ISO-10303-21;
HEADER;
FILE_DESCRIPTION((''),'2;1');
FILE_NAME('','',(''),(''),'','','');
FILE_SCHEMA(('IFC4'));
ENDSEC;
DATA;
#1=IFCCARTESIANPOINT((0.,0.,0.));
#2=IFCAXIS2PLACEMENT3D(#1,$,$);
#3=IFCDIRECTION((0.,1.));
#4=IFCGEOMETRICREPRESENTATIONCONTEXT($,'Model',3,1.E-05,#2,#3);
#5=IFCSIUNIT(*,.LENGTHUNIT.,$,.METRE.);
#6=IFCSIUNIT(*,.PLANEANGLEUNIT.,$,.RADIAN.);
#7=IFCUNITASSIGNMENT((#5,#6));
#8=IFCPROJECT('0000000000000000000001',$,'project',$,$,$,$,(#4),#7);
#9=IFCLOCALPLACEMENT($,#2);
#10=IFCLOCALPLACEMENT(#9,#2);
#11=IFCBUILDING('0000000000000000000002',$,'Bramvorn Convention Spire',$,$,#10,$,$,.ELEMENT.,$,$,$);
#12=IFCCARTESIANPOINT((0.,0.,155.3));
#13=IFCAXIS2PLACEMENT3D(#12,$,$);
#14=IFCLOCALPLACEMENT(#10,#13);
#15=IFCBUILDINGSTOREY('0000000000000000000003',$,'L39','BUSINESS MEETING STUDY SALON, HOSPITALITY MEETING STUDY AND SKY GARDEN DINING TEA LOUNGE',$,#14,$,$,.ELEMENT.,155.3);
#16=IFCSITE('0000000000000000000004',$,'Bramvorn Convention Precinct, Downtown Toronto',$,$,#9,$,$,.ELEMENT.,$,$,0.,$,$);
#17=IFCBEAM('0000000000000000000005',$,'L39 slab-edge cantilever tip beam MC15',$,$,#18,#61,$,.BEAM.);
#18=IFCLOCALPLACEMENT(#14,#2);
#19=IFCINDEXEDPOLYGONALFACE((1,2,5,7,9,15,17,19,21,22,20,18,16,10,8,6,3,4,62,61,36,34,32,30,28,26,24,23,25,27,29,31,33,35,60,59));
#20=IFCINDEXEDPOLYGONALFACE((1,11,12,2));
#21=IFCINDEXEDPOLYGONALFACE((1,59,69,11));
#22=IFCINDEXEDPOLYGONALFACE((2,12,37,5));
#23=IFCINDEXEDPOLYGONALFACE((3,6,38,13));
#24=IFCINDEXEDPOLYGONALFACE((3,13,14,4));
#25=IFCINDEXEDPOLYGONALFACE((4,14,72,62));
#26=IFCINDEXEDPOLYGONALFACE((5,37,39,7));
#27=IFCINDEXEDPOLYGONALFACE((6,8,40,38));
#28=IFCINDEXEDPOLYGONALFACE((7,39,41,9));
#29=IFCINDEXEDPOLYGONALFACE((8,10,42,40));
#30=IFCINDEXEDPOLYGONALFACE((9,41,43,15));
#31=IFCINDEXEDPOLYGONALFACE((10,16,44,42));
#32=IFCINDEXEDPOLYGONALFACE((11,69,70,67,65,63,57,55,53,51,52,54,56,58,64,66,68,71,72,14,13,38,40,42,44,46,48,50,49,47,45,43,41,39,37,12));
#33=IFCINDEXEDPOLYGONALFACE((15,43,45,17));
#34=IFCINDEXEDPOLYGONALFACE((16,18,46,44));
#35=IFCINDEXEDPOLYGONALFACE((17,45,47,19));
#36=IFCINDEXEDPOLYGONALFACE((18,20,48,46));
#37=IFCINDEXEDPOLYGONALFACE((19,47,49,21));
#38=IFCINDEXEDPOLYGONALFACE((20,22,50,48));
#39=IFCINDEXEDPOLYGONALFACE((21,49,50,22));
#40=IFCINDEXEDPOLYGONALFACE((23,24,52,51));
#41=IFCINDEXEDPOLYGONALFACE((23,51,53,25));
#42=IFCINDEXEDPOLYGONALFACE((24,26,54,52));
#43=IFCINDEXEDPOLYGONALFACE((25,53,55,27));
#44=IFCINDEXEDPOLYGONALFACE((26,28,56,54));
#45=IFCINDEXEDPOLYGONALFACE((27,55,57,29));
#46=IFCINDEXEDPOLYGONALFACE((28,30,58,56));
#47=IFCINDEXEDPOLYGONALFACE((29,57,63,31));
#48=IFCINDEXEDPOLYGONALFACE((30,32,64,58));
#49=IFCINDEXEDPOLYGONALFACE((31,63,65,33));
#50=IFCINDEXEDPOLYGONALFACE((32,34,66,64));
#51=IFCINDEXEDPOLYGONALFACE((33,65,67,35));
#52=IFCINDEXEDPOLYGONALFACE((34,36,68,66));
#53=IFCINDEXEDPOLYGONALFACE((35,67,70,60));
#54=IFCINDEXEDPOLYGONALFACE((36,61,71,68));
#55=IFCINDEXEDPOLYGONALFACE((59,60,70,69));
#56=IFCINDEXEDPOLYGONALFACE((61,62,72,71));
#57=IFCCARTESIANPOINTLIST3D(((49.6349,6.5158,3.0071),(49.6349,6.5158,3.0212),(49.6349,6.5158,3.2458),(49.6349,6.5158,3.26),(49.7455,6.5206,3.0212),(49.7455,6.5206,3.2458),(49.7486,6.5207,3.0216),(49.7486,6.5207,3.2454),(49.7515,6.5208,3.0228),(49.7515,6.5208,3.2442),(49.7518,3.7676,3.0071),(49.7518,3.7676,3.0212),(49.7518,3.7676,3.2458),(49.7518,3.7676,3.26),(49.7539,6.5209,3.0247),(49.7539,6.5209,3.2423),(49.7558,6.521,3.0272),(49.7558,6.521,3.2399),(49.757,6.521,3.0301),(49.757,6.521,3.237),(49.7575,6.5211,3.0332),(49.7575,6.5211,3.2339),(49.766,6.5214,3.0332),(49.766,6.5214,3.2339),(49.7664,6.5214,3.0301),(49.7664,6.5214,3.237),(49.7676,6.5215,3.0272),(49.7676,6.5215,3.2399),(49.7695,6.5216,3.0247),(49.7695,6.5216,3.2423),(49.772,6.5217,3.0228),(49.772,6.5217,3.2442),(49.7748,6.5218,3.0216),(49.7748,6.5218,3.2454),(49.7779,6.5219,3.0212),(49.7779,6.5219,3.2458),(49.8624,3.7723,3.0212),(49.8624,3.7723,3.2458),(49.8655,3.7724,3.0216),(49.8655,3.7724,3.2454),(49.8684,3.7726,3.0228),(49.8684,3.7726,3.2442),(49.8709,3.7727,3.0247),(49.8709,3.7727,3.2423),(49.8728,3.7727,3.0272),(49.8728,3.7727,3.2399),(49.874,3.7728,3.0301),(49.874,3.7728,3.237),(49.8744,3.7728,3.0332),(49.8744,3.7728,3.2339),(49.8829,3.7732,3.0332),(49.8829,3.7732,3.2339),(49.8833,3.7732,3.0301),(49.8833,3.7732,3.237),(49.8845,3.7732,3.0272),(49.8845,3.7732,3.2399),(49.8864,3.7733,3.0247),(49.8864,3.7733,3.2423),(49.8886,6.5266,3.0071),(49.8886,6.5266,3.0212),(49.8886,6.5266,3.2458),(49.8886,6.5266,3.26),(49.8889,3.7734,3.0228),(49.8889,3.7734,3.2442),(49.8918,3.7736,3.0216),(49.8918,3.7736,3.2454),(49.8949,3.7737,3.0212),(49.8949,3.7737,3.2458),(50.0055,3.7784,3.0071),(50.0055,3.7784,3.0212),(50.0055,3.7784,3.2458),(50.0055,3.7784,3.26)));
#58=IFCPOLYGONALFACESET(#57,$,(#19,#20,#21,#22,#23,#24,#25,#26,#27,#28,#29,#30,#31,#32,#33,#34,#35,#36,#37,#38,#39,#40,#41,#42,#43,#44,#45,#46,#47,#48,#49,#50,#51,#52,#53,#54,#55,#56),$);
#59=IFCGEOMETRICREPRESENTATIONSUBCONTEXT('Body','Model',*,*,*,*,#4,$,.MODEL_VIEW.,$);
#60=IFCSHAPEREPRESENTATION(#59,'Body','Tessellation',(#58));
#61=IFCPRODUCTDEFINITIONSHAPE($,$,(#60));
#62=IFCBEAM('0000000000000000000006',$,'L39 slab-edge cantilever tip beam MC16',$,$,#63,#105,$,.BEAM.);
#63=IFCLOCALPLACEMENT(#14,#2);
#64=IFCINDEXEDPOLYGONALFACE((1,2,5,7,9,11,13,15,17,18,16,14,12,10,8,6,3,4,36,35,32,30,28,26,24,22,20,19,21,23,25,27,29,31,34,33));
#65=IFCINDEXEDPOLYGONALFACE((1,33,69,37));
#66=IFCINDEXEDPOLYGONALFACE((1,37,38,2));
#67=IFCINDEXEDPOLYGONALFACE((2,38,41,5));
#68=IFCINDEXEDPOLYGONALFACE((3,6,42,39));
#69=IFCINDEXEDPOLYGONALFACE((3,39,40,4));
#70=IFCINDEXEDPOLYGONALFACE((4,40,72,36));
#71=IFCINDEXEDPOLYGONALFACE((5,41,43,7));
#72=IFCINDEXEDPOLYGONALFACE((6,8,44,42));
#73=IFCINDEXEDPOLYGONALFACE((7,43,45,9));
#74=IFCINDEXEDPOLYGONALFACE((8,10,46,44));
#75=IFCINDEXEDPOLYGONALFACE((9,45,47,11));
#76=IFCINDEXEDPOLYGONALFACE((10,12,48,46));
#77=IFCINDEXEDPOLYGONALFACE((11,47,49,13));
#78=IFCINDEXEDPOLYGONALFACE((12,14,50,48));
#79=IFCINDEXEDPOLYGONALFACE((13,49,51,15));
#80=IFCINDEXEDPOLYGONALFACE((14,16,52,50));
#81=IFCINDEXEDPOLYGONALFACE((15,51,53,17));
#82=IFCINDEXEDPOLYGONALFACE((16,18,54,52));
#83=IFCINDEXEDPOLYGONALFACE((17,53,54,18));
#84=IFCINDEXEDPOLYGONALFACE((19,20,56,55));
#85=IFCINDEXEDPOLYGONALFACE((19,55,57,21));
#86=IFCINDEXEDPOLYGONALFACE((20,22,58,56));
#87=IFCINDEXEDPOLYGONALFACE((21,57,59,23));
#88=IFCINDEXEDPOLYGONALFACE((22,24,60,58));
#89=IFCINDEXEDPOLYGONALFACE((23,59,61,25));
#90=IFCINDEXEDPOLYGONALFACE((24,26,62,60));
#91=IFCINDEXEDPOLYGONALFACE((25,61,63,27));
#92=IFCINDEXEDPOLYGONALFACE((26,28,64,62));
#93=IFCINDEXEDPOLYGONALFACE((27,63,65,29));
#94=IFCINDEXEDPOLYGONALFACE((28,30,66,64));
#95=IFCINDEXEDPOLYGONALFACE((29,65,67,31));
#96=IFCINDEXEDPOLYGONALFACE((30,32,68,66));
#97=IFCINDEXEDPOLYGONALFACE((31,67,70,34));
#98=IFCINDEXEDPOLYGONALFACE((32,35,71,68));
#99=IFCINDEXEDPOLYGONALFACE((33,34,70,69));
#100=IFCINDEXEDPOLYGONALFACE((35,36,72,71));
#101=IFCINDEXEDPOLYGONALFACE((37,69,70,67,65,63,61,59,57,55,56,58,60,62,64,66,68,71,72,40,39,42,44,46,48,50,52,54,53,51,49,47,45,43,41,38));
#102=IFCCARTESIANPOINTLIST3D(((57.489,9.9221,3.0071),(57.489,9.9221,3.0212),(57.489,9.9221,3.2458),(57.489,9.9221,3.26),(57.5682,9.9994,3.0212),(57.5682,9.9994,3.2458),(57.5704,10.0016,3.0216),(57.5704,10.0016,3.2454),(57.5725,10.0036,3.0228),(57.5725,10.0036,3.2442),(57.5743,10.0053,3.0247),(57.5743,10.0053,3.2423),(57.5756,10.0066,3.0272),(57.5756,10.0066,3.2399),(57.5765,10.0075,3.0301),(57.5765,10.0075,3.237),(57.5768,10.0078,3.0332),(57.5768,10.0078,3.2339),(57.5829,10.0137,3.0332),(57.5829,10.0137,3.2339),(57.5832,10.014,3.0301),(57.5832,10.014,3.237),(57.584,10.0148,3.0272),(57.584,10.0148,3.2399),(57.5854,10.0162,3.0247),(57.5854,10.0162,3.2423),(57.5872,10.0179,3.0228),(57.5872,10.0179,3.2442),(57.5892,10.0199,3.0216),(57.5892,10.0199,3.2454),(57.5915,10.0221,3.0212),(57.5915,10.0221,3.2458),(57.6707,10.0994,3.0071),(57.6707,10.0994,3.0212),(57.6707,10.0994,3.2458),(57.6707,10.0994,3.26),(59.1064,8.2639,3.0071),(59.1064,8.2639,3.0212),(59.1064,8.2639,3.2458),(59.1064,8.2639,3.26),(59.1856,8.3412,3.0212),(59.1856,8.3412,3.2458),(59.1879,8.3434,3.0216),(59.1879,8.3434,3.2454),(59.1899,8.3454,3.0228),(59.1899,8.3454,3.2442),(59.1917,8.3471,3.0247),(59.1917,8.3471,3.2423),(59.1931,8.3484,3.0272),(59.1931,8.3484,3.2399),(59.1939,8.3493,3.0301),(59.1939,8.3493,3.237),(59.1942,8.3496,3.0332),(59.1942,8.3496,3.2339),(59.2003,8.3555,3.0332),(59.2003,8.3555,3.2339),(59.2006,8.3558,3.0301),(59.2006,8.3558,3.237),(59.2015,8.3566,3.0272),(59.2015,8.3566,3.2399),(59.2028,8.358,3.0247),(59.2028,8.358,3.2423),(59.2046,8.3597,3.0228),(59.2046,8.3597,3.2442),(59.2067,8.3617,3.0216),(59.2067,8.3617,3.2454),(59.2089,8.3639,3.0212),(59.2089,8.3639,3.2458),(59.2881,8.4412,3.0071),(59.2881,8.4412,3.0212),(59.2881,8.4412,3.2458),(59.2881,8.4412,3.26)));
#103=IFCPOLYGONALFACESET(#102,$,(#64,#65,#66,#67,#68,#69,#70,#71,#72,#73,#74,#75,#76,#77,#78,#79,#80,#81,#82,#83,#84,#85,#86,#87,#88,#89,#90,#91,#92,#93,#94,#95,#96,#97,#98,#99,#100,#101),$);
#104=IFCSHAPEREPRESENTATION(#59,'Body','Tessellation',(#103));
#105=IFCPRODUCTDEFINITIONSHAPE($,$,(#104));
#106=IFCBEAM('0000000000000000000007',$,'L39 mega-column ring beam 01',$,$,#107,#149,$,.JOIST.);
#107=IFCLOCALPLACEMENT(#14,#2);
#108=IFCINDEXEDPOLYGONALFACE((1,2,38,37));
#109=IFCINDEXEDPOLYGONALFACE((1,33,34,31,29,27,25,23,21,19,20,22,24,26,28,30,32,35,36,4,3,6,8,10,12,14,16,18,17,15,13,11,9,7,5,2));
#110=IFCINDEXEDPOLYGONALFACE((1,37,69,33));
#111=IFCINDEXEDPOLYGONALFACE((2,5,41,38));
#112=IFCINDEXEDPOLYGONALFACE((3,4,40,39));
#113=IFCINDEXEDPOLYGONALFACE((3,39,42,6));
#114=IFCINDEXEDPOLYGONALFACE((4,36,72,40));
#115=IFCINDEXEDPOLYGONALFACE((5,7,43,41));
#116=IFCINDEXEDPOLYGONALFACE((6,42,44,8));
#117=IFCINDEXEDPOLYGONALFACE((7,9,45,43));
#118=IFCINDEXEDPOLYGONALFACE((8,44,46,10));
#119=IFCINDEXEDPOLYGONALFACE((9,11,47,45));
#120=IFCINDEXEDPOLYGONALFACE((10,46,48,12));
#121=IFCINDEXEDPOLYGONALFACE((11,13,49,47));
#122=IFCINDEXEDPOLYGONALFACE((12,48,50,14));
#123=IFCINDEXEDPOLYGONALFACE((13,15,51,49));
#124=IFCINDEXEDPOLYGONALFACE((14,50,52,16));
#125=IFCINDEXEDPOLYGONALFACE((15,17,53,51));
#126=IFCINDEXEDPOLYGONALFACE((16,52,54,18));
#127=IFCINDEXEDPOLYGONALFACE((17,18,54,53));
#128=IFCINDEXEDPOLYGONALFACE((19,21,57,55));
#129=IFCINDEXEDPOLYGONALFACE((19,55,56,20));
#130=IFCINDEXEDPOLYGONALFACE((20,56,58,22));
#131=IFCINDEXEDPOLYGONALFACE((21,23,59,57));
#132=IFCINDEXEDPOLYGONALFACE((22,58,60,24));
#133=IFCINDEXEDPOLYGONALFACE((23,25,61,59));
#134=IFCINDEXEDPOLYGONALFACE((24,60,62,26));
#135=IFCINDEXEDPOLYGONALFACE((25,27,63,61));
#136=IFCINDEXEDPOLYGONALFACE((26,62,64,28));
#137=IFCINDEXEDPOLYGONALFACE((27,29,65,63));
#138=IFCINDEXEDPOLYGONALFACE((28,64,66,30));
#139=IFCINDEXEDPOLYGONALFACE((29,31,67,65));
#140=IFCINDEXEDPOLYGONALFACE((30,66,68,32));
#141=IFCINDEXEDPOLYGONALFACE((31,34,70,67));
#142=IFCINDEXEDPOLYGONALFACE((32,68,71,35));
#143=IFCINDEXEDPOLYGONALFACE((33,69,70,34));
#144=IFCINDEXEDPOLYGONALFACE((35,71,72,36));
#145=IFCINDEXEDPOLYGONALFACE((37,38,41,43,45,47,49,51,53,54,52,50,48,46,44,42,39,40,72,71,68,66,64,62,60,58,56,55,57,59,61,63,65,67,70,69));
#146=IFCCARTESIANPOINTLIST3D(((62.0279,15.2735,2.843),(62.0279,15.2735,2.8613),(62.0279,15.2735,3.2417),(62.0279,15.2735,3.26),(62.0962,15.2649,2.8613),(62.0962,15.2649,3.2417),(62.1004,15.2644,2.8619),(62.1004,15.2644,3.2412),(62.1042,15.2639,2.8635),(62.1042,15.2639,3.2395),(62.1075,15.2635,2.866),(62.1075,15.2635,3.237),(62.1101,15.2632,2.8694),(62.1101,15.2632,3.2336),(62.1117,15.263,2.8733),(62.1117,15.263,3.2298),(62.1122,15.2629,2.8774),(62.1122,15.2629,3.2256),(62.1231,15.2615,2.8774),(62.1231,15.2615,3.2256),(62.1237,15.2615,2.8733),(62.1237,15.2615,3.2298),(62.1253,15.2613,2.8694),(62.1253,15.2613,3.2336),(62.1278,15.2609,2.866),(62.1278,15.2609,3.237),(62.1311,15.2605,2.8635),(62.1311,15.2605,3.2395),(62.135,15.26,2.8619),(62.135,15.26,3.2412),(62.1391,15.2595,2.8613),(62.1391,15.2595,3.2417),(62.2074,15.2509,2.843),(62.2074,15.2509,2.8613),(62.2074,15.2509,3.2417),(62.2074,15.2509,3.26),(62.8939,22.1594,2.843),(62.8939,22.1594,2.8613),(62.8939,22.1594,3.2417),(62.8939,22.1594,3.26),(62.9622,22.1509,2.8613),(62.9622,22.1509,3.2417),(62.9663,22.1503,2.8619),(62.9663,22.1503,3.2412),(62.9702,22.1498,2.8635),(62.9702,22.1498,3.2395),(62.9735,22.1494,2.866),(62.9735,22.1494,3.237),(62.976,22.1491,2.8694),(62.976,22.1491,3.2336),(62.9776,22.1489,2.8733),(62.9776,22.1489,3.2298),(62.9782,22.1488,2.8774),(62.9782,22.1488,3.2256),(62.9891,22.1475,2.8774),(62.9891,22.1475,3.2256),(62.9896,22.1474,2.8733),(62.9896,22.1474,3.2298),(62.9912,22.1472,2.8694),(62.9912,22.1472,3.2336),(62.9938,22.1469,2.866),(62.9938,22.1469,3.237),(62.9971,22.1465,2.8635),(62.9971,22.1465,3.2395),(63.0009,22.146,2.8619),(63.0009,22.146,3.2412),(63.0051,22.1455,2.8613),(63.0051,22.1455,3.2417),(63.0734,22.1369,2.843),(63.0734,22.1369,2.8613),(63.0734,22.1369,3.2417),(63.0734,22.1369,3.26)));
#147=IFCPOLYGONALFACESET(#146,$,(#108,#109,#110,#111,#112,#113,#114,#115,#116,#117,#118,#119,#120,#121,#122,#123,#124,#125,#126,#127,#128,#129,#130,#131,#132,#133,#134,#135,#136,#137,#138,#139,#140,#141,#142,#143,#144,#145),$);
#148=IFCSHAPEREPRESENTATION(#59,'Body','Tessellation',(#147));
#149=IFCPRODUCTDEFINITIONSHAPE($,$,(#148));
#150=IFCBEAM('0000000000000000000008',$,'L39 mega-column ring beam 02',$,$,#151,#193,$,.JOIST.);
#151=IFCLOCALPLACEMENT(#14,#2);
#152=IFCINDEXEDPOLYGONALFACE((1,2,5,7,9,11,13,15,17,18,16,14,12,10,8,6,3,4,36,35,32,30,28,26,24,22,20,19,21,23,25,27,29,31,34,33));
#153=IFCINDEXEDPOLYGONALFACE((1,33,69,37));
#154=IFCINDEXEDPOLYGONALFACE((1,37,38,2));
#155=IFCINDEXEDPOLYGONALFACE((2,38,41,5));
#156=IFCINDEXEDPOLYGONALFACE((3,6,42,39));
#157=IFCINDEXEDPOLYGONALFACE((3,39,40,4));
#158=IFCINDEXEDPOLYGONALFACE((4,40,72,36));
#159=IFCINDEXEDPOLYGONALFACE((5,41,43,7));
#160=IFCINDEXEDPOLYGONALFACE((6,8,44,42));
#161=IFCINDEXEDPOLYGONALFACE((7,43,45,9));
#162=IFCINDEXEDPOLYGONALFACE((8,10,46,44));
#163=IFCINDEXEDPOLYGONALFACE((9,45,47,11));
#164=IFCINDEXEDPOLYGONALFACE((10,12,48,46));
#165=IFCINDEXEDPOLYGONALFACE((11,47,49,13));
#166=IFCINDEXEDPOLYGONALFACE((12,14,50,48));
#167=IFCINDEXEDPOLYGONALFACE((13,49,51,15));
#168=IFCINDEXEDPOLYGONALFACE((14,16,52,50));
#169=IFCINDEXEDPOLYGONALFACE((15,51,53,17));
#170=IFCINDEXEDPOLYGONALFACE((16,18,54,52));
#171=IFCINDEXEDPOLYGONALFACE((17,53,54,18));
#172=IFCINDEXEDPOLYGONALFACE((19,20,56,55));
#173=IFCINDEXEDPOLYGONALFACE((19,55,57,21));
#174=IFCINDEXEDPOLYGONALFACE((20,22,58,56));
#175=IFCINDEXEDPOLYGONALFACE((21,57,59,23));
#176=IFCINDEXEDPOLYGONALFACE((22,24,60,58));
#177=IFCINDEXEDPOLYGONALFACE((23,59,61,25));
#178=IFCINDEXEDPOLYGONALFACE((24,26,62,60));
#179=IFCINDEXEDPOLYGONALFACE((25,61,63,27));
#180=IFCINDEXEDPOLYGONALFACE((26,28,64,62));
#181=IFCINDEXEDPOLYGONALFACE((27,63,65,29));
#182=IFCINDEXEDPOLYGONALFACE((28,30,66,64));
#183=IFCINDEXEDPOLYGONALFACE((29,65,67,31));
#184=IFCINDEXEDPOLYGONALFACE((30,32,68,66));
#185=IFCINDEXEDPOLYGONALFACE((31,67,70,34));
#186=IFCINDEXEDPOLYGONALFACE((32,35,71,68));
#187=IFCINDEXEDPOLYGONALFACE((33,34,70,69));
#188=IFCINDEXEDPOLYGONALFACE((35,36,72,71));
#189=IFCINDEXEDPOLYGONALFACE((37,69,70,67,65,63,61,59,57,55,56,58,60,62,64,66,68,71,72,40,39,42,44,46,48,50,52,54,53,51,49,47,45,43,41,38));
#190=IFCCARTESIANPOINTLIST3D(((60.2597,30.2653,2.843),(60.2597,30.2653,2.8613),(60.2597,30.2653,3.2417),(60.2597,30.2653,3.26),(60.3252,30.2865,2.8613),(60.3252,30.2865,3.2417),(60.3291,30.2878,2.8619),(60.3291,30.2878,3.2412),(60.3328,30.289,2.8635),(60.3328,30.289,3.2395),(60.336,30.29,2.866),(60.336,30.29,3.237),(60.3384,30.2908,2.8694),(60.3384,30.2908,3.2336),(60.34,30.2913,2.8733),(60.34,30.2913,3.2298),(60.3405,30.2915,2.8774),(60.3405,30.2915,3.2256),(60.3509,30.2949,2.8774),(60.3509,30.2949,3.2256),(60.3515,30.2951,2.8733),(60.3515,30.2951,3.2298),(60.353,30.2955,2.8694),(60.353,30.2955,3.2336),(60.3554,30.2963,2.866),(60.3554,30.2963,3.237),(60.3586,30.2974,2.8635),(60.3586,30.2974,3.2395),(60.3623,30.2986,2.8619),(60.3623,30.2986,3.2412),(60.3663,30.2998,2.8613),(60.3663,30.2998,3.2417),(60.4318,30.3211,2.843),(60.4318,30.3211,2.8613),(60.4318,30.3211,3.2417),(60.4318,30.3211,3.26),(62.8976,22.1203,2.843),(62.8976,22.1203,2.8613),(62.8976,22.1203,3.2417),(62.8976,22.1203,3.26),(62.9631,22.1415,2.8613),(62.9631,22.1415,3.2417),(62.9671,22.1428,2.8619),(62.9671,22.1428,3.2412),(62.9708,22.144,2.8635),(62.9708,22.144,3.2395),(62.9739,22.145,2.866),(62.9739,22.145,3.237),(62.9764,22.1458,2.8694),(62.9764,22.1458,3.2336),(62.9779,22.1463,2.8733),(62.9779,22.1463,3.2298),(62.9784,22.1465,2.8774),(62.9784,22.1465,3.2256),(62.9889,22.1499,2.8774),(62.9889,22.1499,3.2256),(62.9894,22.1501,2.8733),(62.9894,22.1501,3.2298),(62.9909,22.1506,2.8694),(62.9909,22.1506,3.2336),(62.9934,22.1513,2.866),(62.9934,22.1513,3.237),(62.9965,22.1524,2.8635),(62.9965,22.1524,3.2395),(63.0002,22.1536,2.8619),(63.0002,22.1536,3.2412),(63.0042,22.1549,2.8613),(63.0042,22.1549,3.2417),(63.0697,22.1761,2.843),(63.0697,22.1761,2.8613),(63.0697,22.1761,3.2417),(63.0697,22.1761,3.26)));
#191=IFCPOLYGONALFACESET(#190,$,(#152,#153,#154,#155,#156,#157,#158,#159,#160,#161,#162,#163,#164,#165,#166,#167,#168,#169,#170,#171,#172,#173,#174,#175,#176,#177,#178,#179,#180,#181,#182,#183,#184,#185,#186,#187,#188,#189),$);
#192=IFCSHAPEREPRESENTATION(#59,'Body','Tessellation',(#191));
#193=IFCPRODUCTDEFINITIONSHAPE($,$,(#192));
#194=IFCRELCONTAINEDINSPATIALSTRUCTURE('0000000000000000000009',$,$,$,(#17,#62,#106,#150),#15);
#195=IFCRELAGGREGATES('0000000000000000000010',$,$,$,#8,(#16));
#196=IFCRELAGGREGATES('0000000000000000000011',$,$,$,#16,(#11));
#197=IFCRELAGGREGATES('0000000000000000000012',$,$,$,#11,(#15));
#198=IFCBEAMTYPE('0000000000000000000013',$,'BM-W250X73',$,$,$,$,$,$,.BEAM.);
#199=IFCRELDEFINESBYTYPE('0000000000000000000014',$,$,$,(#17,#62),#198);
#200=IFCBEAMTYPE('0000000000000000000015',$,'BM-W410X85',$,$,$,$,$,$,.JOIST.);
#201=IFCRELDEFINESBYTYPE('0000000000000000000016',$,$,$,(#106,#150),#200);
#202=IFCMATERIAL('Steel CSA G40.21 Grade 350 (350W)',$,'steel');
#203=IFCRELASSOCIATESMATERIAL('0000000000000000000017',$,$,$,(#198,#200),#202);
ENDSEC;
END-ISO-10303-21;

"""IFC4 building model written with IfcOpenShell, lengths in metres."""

from ifc_helpers import new_model, si_unit, direction, frame, origin, origin_2d, place, context, subcontext, project, spatial, i_section, extrude, material, material_profile, profile_set, type_object, element, save


model = new_model("IFC4")

# Units and contexts
model_context = context("Model", 3, precision=1e-05, world=origin(), true_north=direction((0.0, 1.0)))
body_context = subcontext(model_context, "Body", "Model", "MODEL_VIEW")
ifc_project = project(units=[si_unit("LENGTHUNIT", "METRE"), si_unit("PLANEANGLEUNIT", "RADIAN")], contexts=[model_context])

# Site, building, storey
site_placement = place(None, origin())
site = spatial("IfcSite", under=ifc_project, at=site_placement, Name="Bramvorn Convention Precinct, Downtown Toronto", CompositionType="ELEMENT", RefElevation=0.0)
building_placement = place(site_placement, origin())
building = spatial("IfcBuilding", under=site, at=building_placement, Name="Bramvorn Convention Spire", CompositionType="ELEMENT")
storey_placement = place(building_placement, frame((0.0, 0.0, 155.3)))
storey = spatial("IfcBuildingStorey", under=building, at=storey_placement, Name="L39", Description="BUSINESS MEETING STUDY SALON, HOSPITALITY MEETING STUDY AND SKY GARDEN DINING TEA LOUNGE", CompositionType="ELEMENT", Elevation=155.3)

# Shared definitions
ifc_material_1 = material(Name="Steel CSA G40.21 Grade 350 (350W)", Category="steel")

# Beams
ifc_material_profile_1 = material_profile(ifc_material_1, i_section(OverallWidth=0.2539, OverallDepth=0.2529, WebThickness=0.0085, FlangeThickness=0.0142, FilletRadius=0.012, at=origin_2d()))
ifc_profile_set_1 = profile_set([ifc_material_profile_1], Name="Steel CSA G40.21 Grade 350 (350W) - W250X73")
beam_type_1 = type_object("IfcBeamType", Name="BM-W250X73", PredefinedType="BEAM", material=ifc_profile_set_1)
beam_1_placement = place(storey_placement, frame((49.7617, 6.5212, 3.1335), z_axis=(0.042513, -0.999096, 0.0), x_axis=(0.999096, 0.042513, 0.0)))
element("IfcBeam", 1, at=beam_1_placement, inside=storey, type_object=beam_type_1, Name="L39 slab-edge cantilever tip beam MC15", PredefinedType="BEAM", context=body_context, shape_type="SweptSolid", body=[
    extrude(i_section(OverallWidth=0.2539, OverallDepth=0.2529, WebThickness=0.0085, FlangeThickness=0.0142, FilletRadius=0.012, at=origin_2d()), origin(), (0.0, 0.0, 1.0), 2.7507),
])
beam_2_placement = place(storey_placement, frame((57.5798, 10.0107, 3.1335), z_axis=(0.698251, -0.715853, 0.0), x_axis=(0.715853, 0.698251, 0.0)))
element("IfcBeam", 2, at=beam_2_placement, inside=storey, type_object=beam_type_1, Name="L39 slab-edge cantilever tip beam MC16", PredefinedType="BEAM", context=body_context, shape_type="SweptSolid", body=[
    extrude(i_section(OverallWidth=0.2539, OverallDepth=0.2529, WebThickness=0.0085, FlangeThickness=0.0142, FilletRadius=0.012, at=origin_2d()), origin(), (0.0, 0.0, 1.0), 2.3164),
])
ifc_material_profile_2 = material_profile(ifc_material_1, i_section(OverallWidth=0.1809, OverallDepth=0.417, WebThickness=0.011, FlangeThickness=0.0183, FilletRadius=0.0161, at=origin_2d()))
ifc_profile_set_2 = profile_set([ifc_material_profile_2], Name="Steel CSA G40.21 Grade 350 (350W) - W410X85")
beam_type_2 = type_object("IfcBeamType", Name="BM-W410X85", PredefinedType="JOIST", material=ifc_profile_set_2)
beam_3_placement = place(storey_placement, frame((62.1177, 15.2622, 3.0515), z_axis=(0.124775, 0.992185, 0.0), x_axis=(-0.992185, 0.124775, 0.0)))
element("IfcBeam", 3, at=beam_3_placement, inside=storey, type_object=beam_type_2, Name="L39 mega-column ring beam 01", PredefinedType="JOIST", context=body_context, shape_type="SweptSolid", body=[
    extrude(i_section(OverallWidth=0.1809, OverallDepth=0.417, WebThickness=0.011, FlangeThickness=0.0183, FilletRadius=0.0161, at=origin_2d()), origin(), (0.0, 0.0, 1.0), 6.9402),
])
for number, where, z_axis, x_axis, name in (
    (4, (62.9836, 22.1482, 3.0515), (-0.308115, 0.951349, 0.0), (-0.951349, -0.308115, 0.0), "L39 mega-column ring beam 02"),
):
    element("IfcBeam", number, at=place(storey_placement, frame(where, z_axis=z_axis, x_axis=x_axis)), inside=storey, type_object=beam_type_2, Name=name, PredefinedType="JOIST", context=body_context, shape_type="SweptSolid", body=[
        extrude(i_section(OverallWidth=0.1809, OverallDepth=0.417, WebThickness=0.011, FlangeThickness=0.0183, FilletRadius=0.0161, at=origin_2d()), origin(), (0.0, 0.0, 1.0), 8.5615),
    ])

save(model, "model.ifc")
